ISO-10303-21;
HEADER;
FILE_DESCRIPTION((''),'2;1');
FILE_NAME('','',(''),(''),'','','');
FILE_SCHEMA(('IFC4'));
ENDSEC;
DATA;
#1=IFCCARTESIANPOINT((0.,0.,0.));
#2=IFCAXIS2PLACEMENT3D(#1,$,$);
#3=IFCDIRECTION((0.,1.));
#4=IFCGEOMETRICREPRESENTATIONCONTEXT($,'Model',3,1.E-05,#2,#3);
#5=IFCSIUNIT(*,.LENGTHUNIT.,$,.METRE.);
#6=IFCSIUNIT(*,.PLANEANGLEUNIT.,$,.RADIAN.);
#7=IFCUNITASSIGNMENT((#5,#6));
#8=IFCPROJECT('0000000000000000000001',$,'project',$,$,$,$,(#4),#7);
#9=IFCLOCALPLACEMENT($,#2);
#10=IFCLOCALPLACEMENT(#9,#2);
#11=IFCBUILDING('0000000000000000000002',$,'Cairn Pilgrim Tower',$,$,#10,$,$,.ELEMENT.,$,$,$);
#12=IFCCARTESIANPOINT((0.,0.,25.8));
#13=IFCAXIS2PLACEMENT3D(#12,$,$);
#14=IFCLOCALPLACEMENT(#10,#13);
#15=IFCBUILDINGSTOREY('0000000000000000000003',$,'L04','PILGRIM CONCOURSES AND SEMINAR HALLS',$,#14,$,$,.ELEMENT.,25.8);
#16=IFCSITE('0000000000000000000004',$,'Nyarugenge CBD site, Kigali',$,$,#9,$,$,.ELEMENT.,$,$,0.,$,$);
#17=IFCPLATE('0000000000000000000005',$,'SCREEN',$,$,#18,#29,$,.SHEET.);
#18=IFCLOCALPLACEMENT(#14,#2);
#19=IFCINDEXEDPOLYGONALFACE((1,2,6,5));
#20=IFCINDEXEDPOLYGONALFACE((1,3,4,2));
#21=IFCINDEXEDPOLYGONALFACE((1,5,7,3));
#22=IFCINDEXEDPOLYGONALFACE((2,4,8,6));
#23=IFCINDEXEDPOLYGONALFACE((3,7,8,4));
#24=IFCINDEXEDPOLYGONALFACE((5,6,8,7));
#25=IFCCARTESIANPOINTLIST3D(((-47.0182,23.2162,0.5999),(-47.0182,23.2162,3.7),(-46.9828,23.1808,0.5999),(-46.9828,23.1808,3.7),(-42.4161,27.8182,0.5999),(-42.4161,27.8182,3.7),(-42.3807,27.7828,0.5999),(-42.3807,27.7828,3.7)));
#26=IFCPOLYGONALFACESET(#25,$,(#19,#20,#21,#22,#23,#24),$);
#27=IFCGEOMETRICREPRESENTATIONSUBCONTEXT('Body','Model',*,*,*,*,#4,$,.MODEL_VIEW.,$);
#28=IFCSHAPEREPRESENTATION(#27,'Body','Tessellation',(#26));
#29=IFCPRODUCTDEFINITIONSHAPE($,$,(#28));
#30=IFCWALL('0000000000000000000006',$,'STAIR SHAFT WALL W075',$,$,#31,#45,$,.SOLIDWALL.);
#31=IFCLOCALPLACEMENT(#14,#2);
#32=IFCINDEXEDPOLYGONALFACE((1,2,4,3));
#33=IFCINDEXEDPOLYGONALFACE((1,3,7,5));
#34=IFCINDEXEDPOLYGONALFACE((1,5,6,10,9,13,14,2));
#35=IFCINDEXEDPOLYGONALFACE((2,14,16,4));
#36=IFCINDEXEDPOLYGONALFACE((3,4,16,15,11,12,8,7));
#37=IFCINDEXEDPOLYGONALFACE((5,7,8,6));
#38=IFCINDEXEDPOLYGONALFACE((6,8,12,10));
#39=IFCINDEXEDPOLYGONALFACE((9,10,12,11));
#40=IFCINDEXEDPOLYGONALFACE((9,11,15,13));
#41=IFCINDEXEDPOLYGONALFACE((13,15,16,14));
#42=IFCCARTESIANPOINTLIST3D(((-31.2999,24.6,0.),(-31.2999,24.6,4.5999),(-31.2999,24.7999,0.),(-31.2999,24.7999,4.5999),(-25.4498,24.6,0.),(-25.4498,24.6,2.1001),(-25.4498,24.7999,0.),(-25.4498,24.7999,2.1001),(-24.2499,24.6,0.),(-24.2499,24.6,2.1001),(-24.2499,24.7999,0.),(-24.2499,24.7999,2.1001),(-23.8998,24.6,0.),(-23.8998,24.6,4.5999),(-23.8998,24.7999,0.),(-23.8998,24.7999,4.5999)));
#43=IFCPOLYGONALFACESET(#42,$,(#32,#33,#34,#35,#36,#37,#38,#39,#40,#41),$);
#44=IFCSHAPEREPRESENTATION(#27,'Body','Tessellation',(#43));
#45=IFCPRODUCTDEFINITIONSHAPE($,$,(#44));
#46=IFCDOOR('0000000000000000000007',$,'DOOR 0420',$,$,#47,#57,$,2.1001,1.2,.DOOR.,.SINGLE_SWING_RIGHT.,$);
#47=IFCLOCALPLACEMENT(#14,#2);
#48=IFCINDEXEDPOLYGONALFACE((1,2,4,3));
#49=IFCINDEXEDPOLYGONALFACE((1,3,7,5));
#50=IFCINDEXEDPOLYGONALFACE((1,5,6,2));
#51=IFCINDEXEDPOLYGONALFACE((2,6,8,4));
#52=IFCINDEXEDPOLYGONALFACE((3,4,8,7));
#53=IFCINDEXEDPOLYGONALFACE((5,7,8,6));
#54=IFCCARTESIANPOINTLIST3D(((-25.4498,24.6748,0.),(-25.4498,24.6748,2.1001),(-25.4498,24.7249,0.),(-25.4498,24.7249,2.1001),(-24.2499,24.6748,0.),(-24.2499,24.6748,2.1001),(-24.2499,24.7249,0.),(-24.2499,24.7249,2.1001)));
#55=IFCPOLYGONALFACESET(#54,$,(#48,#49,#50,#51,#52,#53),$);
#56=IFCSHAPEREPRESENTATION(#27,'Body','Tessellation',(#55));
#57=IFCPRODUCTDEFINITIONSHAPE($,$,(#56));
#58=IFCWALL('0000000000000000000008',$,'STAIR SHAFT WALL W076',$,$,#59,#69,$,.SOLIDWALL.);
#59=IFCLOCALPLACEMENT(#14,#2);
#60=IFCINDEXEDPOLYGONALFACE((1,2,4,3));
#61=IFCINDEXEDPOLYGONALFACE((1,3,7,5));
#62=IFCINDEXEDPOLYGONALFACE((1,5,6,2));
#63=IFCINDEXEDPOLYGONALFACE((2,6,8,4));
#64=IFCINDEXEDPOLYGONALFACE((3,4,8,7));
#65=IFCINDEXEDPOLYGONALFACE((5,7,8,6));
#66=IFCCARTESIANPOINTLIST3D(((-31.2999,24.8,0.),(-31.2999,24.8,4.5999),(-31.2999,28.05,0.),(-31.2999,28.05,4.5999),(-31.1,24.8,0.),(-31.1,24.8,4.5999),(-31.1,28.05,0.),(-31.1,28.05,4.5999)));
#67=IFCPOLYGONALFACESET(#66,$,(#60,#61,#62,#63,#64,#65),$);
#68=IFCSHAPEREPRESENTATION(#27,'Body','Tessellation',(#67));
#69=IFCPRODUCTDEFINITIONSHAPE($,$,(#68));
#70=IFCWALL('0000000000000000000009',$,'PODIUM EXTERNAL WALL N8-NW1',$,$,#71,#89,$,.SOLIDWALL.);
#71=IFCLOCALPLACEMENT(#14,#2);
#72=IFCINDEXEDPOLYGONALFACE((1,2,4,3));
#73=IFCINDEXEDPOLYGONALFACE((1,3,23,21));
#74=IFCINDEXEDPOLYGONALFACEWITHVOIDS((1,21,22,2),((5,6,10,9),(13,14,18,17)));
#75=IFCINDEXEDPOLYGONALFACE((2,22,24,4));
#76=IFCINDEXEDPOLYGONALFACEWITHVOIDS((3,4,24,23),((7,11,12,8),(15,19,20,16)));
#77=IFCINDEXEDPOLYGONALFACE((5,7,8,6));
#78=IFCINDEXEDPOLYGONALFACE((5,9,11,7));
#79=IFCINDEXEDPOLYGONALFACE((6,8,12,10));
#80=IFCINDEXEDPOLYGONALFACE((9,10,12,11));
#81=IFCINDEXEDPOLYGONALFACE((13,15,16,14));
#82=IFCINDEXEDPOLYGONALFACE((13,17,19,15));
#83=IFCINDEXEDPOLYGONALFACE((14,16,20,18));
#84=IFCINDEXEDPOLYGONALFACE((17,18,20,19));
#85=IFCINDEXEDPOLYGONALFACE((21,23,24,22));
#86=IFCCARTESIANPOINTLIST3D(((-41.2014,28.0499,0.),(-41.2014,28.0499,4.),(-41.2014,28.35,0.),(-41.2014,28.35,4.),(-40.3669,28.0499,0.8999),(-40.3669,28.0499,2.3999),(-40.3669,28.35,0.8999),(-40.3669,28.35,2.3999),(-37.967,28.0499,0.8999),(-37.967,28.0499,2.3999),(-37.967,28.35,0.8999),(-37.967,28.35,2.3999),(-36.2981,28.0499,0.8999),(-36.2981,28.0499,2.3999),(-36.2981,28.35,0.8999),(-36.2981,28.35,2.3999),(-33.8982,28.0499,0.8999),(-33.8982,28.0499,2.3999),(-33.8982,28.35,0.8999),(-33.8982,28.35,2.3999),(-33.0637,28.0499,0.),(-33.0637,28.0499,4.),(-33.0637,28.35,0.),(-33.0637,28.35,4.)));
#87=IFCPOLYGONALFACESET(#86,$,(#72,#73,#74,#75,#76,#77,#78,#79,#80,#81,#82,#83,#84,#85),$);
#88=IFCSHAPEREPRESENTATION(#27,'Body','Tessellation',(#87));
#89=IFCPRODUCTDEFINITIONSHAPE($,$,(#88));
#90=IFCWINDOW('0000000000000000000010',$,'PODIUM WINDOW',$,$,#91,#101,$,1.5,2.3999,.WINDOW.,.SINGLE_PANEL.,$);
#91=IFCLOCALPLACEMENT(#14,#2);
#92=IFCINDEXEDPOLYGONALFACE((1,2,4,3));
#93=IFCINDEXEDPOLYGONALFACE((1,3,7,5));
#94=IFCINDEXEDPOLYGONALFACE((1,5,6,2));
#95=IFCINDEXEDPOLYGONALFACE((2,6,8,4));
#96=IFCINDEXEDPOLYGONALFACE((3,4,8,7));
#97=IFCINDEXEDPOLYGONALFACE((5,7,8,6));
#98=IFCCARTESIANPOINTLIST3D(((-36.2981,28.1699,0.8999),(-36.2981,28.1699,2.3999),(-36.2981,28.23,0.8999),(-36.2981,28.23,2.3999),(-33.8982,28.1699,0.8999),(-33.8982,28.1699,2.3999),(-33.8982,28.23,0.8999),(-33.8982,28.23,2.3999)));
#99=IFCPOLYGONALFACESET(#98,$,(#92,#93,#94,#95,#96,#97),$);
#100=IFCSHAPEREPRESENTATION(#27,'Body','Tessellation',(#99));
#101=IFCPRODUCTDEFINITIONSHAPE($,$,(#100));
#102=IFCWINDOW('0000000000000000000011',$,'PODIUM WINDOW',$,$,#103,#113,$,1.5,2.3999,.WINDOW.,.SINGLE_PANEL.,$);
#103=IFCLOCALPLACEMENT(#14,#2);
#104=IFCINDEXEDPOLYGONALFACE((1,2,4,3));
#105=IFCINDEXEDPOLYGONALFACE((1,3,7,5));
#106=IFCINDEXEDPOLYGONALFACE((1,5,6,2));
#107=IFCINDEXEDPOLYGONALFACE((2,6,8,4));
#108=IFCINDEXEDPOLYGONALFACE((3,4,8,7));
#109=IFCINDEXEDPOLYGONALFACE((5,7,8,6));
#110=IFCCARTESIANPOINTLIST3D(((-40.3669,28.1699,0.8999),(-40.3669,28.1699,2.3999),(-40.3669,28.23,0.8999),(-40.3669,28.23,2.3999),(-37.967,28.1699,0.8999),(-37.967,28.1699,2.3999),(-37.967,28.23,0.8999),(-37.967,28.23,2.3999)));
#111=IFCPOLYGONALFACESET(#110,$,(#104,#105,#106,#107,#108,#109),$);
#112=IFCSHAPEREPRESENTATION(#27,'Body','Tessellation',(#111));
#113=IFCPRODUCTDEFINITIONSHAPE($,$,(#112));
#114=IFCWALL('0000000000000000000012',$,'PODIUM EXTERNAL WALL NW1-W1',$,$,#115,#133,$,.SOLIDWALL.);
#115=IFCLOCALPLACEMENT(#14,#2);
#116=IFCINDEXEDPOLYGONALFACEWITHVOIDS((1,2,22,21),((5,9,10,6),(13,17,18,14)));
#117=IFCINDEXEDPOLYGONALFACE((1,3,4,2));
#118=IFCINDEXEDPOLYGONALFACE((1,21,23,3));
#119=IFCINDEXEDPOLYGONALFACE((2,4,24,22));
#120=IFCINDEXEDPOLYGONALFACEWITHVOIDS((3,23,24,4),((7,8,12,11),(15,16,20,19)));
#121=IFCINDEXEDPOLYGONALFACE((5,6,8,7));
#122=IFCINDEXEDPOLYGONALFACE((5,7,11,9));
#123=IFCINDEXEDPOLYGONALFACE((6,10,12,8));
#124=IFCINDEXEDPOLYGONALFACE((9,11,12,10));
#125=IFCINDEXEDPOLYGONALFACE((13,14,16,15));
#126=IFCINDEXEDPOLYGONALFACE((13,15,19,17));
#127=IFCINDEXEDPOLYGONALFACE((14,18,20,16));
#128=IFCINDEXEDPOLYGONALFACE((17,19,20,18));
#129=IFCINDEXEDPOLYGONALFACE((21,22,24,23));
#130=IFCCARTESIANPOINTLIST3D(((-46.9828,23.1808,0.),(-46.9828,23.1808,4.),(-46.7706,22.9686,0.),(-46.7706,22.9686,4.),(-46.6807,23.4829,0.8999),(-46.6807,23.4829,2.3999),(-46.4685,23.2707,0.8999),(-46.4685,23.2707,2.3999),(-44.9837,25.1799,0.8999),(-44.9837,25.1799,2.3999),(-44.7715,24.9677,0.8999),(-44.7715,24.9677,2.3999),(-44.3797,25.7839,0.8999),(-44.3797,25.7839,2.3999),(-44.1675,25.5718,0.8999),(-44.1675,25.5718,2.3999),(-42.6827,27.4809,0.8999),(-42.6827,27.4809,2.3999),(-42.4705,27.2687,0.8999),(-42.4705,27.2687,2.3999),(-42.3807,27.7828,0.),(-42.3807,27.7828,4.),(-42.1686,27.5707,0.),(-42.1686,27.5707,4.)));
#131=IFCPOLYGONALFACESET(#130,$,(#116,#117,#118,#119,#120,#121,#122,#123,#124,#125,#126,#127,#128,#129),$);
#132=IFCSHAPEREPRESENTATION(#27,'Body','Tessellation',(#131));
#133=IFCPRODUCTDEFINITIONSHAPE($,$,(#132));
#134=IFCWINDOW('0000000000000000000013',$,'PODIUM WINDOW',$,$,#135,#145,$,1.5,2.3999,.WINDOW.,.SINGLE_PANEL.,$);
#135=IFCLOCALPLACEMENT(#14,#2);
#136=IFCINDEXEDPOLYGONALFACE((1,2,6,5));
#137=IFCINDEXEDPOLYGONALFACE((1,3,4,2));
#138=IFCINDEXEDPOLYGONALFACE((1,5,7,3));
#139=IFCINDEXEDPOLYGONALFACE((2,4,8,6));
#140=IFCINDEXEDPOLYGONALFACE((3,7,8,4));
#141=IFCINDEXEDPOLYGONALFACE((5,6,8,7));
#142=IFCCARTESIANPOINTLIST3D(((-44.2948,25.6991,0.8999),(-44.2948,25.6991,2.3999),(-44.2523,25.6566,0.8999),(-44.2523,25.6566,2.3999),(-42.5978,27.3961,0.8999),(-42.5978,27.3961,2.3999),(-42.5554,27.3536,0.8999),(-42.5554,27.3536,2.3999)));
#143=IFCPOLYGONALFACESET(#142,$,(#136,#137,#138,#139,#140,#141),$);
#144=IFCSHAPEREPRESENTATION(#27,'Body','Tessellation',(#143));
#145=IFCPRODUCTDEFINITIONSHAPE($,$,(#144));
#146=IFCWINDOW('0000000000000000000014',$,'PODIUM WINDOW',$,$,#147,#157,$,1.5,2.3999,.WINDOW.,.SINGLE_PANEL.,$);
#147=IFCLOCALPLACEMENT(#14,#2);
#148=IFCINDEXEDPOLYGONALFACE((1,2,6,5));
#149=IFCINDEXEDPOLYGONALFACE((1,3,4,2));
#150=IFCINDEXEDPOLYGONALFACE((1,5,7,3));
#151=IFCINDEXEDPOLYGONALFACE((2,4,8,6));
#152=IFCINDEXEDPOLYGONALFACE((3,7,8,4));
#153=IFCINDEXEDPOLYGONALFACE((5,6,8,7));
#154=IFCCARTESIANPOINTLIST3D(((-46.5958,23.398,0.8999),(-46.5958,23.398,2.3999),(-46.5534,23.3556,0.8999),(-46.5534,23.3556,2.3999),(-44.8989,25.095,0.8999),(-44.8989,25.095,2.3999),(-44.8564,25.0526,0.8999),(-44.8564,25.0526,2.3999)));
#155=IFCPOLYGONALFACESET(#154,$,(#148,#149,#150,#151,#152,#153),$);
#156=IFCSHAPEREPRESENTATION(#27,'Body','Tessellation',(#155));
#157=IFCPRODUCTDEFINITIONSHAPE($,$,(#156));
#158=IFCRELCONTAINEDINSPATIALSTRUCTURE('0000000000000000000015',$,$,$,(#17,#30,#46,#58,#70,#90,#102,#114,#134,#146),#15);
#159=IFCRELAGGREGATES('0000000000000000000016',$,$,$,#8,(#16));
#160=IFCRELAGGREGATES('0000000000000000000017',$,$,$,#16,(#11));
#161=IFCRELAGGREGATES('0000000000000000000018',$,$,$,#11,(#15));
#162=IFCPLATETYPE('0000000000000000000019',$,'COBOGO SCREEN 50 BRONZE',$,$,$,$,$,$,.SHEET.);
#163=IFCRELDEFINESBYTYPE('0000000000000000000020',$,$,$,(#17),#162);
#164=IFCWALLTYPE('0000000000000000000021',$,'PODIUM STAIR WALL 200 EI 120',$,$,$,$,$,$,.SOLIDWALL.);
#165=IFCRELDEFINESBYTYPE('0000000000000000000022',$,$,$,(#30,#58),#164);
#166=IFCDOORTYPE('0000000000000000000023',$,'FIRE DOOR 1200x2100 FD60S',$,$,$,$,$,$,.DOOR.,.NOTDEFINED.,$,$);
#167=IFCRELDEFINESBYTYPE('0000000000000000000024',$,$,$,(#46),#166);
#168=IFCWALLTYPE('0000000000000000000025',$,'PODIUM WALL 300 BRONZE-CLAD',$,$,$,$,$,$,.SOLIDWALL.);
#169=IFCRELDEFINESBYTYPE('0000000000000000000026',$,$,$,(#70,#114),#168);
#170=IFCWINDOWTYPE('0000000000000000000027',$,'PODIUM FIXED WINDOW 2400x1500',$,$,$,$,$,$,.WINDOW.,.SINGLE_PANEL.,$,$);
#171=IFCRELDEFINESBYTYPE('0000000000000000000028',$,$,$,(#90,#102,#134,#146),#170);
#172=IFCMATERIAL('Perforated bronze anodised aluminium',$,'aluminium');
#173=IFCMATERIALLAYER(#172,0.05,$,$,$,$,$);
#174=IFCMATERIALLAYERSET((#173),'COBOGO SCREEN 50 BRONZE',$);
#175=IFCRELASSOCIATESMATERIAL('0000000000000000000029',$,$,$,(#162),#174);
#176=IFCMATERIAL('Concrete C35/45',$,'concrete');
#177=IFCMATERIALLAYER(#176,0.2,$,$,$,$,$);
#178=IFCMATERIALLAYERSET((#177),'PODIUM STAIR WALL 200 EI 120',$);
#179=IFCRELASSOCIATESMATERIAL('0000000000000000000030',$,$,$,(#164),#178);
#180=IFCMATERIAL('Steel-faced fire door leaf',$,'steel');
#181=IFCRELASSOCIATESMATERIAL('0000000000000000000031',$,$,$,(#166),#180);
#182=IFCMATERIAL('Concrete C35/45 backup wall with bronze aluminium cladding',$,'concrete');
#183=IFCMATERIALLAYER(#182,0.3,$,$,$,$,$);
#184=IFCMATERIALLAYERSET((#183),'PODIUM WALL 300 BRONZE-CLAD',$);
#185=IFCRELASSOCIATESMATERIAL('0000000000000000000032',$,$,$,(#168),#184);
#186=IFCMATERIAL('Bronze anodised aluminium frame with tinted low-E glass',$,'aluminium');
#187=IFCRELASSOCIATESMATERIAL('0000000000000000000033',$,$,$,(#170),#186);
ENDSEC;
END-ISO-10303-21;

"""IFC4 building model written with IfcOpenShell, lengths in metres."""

from ifc_helpers import new_model, si_unit, direction, frame, frame_2d, origin, origin_2d, place, context, subcontext, project, spatial, rectangle, extrude, material, layer, layer_set, type_object, element, fill, save


model = new_model("IFC4")

# Units and contexts
model_context = context("Model", 3, precision=1e-05, world=origin(), true_north=direction((0.0, 1.0)))
body_context = subcontext(model_context, "Body", "Model", "MODEL_VIEW")
ifc_project = project(units=[si_unit("LENGTHUNIT", "METRE"), si_unit("PLANEANGLEUNIT", "RADIAN")], contexts=[model_context])

# Site, building, storey
site_placement = place(None, origin())
site = spatial("IfcSite", under=ifc_project, at=site_placement, Name="Nyarugenge CBD site, Kigali", CompositionType="ELEMENT", RefElevation=0.0)
building_placement = place(site_placement, origin())
building = spatial("IfcBuilding", under=site, at=building_placement, Name="Cairn Pilgrim Tower", CompositionType="ELEMENT")
storey_placement = place(building_placement, frame((0.0, 0.0, 25.8)))
storey = spatial("IfcBuildingStorey", under=building, at=storey_placement, Name="L04", Description="PILGRIM CONCOURSES AND SEMINAR HALLS", CompositionType="ELEMENT", Elevation=25.8)

# Plate
ifc_material_1 = material(Name="Perforated bronze anodised aluminium", Category="aluminium")
ifc_layer_1 = layer(ifc_material_1, 0.05)
ifc_layer_set_1 = layer_set([ifc_layer_1], Name="COBOGO SCREEN 50 BRONZE")
plate_type_1 = type_object("IfcPlateType", Name="COBOGO SCREEN 50 BRONZE", PredefinedType="SHEET", material=ifc_layer_set_1)
plate_1_placement = place(storey_placement, frame((-44.6995, 25.4995, 0.5999), z_axis=(0.0, 0.0, 1.0), x_axis=(-0.707107, -0.707107, 0.0)))
element("IfcPlate", 1, at=plate_1_placement, inside=storey, type_object=plate_type_1, Name="SCREEN", PredefinedType="SHEET", context=body_context, shape_type="SweptSolid", body=[
    extrude(rectangle(XDim=6.5083, YDim=0.05, at=origin_2d()), origin(), (0.0, 0.0, 1.0), 3.1001),
])

# Wall, opening, door
ifc_material_2 = material(Name="Concrete C35/45", Category="concrete")
ifc_layer_2 = layer(ifc_material_2, 0.2)
ifc_layer_set_2 = layer_set([ifc_layer_2], Name="PODIUM STAIR WALL 200 EI 120")
wall_type_1 = type_object("IfcWallType", Name="PODIUM STAIR WALL 200 EI 120", PredefinedType="SOLIDWALL", material=ifc_layer_set_2)
wall_1_placement = place(storey_placement, frame((-31.3, 24.7, 0.0), z_axis=(0.0, 0.0, 1.0), x_axis=(1.0, 0.0, 0.0)))
wall_1 = element("IfcWall", 2, at=wall_1_placement, inside=storey, type_object=wall_type_1, Name="STAIR SHAFT WALL W075", PredefinedType="SOLIDWALL", context=body_context, shape_type="SweptSolid", body=[
    extrude(rectangle(XDim=7.4001, YDim=0.2, at=frame_2d((3.7002, 0.0))), origin(), (0.0, 0.0, 1.0), 4.5999),
])
opening_1_placement = place(wall_1_placement, frame((5.8501, 0.0, 0.0)))
opening_1 = element("IfcOpeningElement", 3, at=opening_1_placement, cuts=wall_1, PredefinedType="OPENING", context=body_context, shape_type="SweptSolid", body=[
    extrude(rectangle(XDim=1.2, YDim=2.1001, at=frame_2d((0.6001, 1.05))), frame((0.0, 0.1099, 0.0), z_axis=(0.0, -1.0, 0.0), x_axis=(1.0, 0.0, 0.0)), (0.0, 0.0, 1.0), 0.22),
])
ifc_material_3 = material(Name="Steel-faced fire door leaf", Category="steel")
door_type = type_object("IfcDoorType", Name="FIRE DOOR 1200x2100 FD60S", OperationType="NOTDEFINED", PredefinedType="DOOR", material=ifc_material_3)
door_placement = place(opening_1_placement, origin())
door = element("IfcDoor", 4, at=door_placement, inside=storey, type_object=door_type, Name="DOOR 0420", OperationType="SINGLE_SWING_RIGHT", OverallHeight=2.1001, OverallWidth=1.2, PredefinedType="DOOR", context=body_context, shape_type="SweptSolid", body=[
    extrude(rectangle(XDim=1.2, YDim=2.1001, at=frame_2d((0.6001, 1.05))), frame((0.0, 0.0249, 0.0), z_axis=(0.0, -1.0, 0.0), x_axis=(1.0, 0.0, 0.0)), (0.0, 0.0, 1.0), 0.05),
])
fill(opening_1, door)

# Wall
wall_2_placement = place(storey_placement, frame((-31.2, 24.8, 0.0), z_axis=(0.0, 0.0, 1.0), x_axis=(0.0, 1.0, 0.0)))
element("IfcWall", 5, at=wall_2_placement, inside=storey, type_object=wall_type_1, Name="STAIR SHAFT WALL W076", PredefinedType="SOLIDWALL", context=body_context, shape_type="SweptSolid", body=[
    extrude(rectangle(XDim=3.25, YDim=0.2, at=frame_2d((1.625, 0.0))), origin(), (0.0, 0.0, 1.0), 4.5999),
])

# Walls, openings, windows
ifc_material_4 = material(Name="Concrete C35/45 backup wall with bronze aluminium cladding", Category="concrete")
ifc_layer_3 = layer(ifc_material_4, 0.3)
ifc_layer_set_3 = layer_set([ifc_layer_3], Name="PODIUM WALL 300 BRONZE-CLAD")
wall_type_2 = type_object("IfcWallType", Name="PODIUM WALL 300 BRONZE-CLAD", PredefinedType="SOLIDWALL", material=ifc_layer_set_3)
wall_3_placement = place(storey_placement, frame((-33.0637, 28.2, 0.0), z_axis=(0.0, 0.0, 1.0), x_axis=(-1.0, 0.0, 0.0)))
wall_3 = element("IfcWall", 6, at=wall_3_placement, inside=storey, type_object=wall_type_2, Name="PODIUM EXTERNAL WALL N8-NW1", PredefinedType="SOLIDWALL", context=body_context, shape_type="SweptSolid", body=[
    extrude(rectangle(XDim=8.1377, YDim=0.3, at=frame_2d((4.0688, 0.0))), origin(), (0.0, 0.0, 1.0), 4.0),
])
opening_2_placement = place(wall_3_placement, frame((0.8345, 0.0, 0.8999)))
opening_2 = element("IfcOpeningElement", 7, at=opening_2_placement, cuts=wall_3, PredefinedType="OPENING", context=body_context, shape_type="SweptSolid", body=[
    extrude(rectangle(XDim=2.3999, YDim=1.5, at=frame_2d((1.2, 0.75))), frame((0.0, 0.1602, 0.0), z_axis=(0.0, -1.0, 0.0), x_axis=(1.0, 0.0, 0.0)), (0.0, 0.0, 1.0), 0.3201),
])
opening_3_placement = place(wall_3_placement, frame((4.9033, 0.0, 0.8999)))
opening_3 = element("IfcOpeningElement", 8, at=opening_3_placement, cuts=wall_3, PredefinedType="OPENING", context=body_context, shape_type="SweptSolid", body=[
    extrude(rectangle(XDim=2.3999, YDim=1.5, at=frame_2d((1.2, 0.75))), frame((0.0, 0.1602, 0.0), z_axis=(0.0, -1.0, 0.0), x_axis=(1.0, 0.0, 0.0)), (0.0, 0.0, 1.0), 0.3201),
])
ifc_material_5 = material(Name="Bronze anodised aluminium frame with tinted low-E glass", Category="aluminium")
window_type = type_object("IfcWindowType", Name="PODIUM FIXED WINDOW 2400x1500", PartitioningType="SINGLE_PANEL", PredefinedType="WINDOW", material=ifc_material_5)
window_1_placement = place(opening_2_placement, origin())
window_1 = element("IfcWindow", 9, at=window_1_placement, inside=storey, type_object=window_type, Name="PODIUM WINDOW", OverallHeight=1.5, OverallWidth=2.3999, PartitioningType="SINGLE_PANEL", PredefinedType="WINDOW", context=body_context, shape_type="SweptSolid", body=[
    extrude(rectangle(XDim=2.3999, YDim=1.5, at=frame_2d((1.2, 0.75))), frame((0.0, 0.03, 0.0), z_axis=(0.0, -1.0, 0.0), x_axis=(1.0, 0.0, 0.0)), (0.0, 0.0, 1.0), 0.0601),
])
fill(opening_2, window_1)
window_2_placement = place(opening_3_placement, origin())
window_2 = element("IfcWindow", 10, at=window_2_placement, inside=storey, type_object=window_type, Name="PODIUM WINDOW", OverallHeight=1.5, OverallWidth=2.3999, PartitioningType="SINGLE_PANEL", PredefinedType="WINDOW", context=body_context, shape_type="SweptSolid", body=[
    extrude(rectangle(XDim=2.3999, YDim=1.5, at=frame_2d((1.2, 0.75))), frame((0.0, 0.03, 0.0), z_axis=(0.0, -1.0, 0.0), x_axis=(1.0, 0.0, 0.0)), (0.0, 0.0, 1.0), 0.0601),
])
fill(opening_3, window_2)
wall_4_placement = place(storey_placement, frame((-42.2747, 27.6768, 0.0), z_axis=(0.0, 0.0, 1.0), x_axis=(-0.707107, -0.707107, 0.0)))
wall_4 = element("IfcWall", 11, at=wall_4_placement, inside=storey, type_object=wall_type_2, Name="PODIUM EXTERNAL WALL NW1-W1", PredefinedType="SOLIDWALL", context=body_context, shape_type="SweptSolid", body=[
    extrude(rectangle(XDim=6.5083, YDim=0.3, at=frame_2d((3.2542, 0.0))), origin(), (0.0, 0.0, 1.0), 4.0),
])
opening_4_placement = place(wall_4_placement, frame((0.427, 0.0, 0.8999)))
opening_4 = element("IfcOpeningElement", 12, at=opening_4_placement, cuts=wall_4, PredefinedType="OPENING", context=body_context, shape_type="SweptSolid", body=[
    extrude(rectangle(XDim=2.3999, YDim=1.5, at=frame_2d((1.2, 0.75))), frame((0.0, 0.1602, 0.0), z_axis=(0.0, -1.0, 0.0), x_axis=(1.0, 0.0, 0.0)), (0.0, 0.0, 1.0), 0.3201),
])
opening_5_placement = place(wall_4_placement, frame((3.6812, 0.0, 0.8999)))
opening_5 = element("IfcOpeningElement", 13, at=opening_5_placement, cuts=wall_4, PredefinedType="OPENING", context=body_context, shape_type="SweptSolid", body=[
    extrude(rectangle(XDim=2.3999, YDim=1.5, at=frame_2d((1.2, 0.75))), frame((0.0, 0.1602, 0.0), z_axis=(0.0, -1.0, 0.0), x_axis=(1.0, 0.0, 0.0)), (0.0, 0.0, 1.0), 0.3201),
])
window_3_placement = place(opening_4_placement, origin())
window_3 = element("IfcWindow", 14, at=window_3_placement, inside=storey, type_object=window_type, Name="PODIUM WINDOW", OverallHeight=1.5, OverallWidth=2.3999, PartitioningType="SINGLE_PANEL", PredefinedType="WINDOW", context=body_context, shape_type="SweptSolid", body=[
    extrude(rectangle(XDim=2.3999, YDim=1.5, at=frame_2d((1.2, 0.75))), frame((0.0, 0.03, 0.0), z_axis=(0.0, -1.0, 0.0), x_axis=(1.0, 0.0, 0.0)), (0.0, 0.0, 1.0), 0.0601),
])
fill(opening_4, window_3)
window_4_placement = place(opening_5_placement, origin())
window_4 = element("IfcWindow", 15, at=window_4_placement, inside=storey, type_object=window_type, Name="PODIUM WINDOW", OverallHeight=1.5, OverallWidth=2.3999, PartitioningType="SINGLE_PANEL", PredefinedType="WINDOW", context=body_context, shape_type="SweptSolid", body=[
    extrude(rectangle(XDim=2.3999, YDim=1.5, at=frame_2d((1.2, 0.75))), frame((0.0, 0.03, 0.0), z_axis=(0.0, -1.0, 0.0), x_axis=(1.0, 0.0, 0.0)), (0.0, 0.0, 1.0), 0.0601),
])
fill(opening_5, window_4)

save(model, "model.ifc")
